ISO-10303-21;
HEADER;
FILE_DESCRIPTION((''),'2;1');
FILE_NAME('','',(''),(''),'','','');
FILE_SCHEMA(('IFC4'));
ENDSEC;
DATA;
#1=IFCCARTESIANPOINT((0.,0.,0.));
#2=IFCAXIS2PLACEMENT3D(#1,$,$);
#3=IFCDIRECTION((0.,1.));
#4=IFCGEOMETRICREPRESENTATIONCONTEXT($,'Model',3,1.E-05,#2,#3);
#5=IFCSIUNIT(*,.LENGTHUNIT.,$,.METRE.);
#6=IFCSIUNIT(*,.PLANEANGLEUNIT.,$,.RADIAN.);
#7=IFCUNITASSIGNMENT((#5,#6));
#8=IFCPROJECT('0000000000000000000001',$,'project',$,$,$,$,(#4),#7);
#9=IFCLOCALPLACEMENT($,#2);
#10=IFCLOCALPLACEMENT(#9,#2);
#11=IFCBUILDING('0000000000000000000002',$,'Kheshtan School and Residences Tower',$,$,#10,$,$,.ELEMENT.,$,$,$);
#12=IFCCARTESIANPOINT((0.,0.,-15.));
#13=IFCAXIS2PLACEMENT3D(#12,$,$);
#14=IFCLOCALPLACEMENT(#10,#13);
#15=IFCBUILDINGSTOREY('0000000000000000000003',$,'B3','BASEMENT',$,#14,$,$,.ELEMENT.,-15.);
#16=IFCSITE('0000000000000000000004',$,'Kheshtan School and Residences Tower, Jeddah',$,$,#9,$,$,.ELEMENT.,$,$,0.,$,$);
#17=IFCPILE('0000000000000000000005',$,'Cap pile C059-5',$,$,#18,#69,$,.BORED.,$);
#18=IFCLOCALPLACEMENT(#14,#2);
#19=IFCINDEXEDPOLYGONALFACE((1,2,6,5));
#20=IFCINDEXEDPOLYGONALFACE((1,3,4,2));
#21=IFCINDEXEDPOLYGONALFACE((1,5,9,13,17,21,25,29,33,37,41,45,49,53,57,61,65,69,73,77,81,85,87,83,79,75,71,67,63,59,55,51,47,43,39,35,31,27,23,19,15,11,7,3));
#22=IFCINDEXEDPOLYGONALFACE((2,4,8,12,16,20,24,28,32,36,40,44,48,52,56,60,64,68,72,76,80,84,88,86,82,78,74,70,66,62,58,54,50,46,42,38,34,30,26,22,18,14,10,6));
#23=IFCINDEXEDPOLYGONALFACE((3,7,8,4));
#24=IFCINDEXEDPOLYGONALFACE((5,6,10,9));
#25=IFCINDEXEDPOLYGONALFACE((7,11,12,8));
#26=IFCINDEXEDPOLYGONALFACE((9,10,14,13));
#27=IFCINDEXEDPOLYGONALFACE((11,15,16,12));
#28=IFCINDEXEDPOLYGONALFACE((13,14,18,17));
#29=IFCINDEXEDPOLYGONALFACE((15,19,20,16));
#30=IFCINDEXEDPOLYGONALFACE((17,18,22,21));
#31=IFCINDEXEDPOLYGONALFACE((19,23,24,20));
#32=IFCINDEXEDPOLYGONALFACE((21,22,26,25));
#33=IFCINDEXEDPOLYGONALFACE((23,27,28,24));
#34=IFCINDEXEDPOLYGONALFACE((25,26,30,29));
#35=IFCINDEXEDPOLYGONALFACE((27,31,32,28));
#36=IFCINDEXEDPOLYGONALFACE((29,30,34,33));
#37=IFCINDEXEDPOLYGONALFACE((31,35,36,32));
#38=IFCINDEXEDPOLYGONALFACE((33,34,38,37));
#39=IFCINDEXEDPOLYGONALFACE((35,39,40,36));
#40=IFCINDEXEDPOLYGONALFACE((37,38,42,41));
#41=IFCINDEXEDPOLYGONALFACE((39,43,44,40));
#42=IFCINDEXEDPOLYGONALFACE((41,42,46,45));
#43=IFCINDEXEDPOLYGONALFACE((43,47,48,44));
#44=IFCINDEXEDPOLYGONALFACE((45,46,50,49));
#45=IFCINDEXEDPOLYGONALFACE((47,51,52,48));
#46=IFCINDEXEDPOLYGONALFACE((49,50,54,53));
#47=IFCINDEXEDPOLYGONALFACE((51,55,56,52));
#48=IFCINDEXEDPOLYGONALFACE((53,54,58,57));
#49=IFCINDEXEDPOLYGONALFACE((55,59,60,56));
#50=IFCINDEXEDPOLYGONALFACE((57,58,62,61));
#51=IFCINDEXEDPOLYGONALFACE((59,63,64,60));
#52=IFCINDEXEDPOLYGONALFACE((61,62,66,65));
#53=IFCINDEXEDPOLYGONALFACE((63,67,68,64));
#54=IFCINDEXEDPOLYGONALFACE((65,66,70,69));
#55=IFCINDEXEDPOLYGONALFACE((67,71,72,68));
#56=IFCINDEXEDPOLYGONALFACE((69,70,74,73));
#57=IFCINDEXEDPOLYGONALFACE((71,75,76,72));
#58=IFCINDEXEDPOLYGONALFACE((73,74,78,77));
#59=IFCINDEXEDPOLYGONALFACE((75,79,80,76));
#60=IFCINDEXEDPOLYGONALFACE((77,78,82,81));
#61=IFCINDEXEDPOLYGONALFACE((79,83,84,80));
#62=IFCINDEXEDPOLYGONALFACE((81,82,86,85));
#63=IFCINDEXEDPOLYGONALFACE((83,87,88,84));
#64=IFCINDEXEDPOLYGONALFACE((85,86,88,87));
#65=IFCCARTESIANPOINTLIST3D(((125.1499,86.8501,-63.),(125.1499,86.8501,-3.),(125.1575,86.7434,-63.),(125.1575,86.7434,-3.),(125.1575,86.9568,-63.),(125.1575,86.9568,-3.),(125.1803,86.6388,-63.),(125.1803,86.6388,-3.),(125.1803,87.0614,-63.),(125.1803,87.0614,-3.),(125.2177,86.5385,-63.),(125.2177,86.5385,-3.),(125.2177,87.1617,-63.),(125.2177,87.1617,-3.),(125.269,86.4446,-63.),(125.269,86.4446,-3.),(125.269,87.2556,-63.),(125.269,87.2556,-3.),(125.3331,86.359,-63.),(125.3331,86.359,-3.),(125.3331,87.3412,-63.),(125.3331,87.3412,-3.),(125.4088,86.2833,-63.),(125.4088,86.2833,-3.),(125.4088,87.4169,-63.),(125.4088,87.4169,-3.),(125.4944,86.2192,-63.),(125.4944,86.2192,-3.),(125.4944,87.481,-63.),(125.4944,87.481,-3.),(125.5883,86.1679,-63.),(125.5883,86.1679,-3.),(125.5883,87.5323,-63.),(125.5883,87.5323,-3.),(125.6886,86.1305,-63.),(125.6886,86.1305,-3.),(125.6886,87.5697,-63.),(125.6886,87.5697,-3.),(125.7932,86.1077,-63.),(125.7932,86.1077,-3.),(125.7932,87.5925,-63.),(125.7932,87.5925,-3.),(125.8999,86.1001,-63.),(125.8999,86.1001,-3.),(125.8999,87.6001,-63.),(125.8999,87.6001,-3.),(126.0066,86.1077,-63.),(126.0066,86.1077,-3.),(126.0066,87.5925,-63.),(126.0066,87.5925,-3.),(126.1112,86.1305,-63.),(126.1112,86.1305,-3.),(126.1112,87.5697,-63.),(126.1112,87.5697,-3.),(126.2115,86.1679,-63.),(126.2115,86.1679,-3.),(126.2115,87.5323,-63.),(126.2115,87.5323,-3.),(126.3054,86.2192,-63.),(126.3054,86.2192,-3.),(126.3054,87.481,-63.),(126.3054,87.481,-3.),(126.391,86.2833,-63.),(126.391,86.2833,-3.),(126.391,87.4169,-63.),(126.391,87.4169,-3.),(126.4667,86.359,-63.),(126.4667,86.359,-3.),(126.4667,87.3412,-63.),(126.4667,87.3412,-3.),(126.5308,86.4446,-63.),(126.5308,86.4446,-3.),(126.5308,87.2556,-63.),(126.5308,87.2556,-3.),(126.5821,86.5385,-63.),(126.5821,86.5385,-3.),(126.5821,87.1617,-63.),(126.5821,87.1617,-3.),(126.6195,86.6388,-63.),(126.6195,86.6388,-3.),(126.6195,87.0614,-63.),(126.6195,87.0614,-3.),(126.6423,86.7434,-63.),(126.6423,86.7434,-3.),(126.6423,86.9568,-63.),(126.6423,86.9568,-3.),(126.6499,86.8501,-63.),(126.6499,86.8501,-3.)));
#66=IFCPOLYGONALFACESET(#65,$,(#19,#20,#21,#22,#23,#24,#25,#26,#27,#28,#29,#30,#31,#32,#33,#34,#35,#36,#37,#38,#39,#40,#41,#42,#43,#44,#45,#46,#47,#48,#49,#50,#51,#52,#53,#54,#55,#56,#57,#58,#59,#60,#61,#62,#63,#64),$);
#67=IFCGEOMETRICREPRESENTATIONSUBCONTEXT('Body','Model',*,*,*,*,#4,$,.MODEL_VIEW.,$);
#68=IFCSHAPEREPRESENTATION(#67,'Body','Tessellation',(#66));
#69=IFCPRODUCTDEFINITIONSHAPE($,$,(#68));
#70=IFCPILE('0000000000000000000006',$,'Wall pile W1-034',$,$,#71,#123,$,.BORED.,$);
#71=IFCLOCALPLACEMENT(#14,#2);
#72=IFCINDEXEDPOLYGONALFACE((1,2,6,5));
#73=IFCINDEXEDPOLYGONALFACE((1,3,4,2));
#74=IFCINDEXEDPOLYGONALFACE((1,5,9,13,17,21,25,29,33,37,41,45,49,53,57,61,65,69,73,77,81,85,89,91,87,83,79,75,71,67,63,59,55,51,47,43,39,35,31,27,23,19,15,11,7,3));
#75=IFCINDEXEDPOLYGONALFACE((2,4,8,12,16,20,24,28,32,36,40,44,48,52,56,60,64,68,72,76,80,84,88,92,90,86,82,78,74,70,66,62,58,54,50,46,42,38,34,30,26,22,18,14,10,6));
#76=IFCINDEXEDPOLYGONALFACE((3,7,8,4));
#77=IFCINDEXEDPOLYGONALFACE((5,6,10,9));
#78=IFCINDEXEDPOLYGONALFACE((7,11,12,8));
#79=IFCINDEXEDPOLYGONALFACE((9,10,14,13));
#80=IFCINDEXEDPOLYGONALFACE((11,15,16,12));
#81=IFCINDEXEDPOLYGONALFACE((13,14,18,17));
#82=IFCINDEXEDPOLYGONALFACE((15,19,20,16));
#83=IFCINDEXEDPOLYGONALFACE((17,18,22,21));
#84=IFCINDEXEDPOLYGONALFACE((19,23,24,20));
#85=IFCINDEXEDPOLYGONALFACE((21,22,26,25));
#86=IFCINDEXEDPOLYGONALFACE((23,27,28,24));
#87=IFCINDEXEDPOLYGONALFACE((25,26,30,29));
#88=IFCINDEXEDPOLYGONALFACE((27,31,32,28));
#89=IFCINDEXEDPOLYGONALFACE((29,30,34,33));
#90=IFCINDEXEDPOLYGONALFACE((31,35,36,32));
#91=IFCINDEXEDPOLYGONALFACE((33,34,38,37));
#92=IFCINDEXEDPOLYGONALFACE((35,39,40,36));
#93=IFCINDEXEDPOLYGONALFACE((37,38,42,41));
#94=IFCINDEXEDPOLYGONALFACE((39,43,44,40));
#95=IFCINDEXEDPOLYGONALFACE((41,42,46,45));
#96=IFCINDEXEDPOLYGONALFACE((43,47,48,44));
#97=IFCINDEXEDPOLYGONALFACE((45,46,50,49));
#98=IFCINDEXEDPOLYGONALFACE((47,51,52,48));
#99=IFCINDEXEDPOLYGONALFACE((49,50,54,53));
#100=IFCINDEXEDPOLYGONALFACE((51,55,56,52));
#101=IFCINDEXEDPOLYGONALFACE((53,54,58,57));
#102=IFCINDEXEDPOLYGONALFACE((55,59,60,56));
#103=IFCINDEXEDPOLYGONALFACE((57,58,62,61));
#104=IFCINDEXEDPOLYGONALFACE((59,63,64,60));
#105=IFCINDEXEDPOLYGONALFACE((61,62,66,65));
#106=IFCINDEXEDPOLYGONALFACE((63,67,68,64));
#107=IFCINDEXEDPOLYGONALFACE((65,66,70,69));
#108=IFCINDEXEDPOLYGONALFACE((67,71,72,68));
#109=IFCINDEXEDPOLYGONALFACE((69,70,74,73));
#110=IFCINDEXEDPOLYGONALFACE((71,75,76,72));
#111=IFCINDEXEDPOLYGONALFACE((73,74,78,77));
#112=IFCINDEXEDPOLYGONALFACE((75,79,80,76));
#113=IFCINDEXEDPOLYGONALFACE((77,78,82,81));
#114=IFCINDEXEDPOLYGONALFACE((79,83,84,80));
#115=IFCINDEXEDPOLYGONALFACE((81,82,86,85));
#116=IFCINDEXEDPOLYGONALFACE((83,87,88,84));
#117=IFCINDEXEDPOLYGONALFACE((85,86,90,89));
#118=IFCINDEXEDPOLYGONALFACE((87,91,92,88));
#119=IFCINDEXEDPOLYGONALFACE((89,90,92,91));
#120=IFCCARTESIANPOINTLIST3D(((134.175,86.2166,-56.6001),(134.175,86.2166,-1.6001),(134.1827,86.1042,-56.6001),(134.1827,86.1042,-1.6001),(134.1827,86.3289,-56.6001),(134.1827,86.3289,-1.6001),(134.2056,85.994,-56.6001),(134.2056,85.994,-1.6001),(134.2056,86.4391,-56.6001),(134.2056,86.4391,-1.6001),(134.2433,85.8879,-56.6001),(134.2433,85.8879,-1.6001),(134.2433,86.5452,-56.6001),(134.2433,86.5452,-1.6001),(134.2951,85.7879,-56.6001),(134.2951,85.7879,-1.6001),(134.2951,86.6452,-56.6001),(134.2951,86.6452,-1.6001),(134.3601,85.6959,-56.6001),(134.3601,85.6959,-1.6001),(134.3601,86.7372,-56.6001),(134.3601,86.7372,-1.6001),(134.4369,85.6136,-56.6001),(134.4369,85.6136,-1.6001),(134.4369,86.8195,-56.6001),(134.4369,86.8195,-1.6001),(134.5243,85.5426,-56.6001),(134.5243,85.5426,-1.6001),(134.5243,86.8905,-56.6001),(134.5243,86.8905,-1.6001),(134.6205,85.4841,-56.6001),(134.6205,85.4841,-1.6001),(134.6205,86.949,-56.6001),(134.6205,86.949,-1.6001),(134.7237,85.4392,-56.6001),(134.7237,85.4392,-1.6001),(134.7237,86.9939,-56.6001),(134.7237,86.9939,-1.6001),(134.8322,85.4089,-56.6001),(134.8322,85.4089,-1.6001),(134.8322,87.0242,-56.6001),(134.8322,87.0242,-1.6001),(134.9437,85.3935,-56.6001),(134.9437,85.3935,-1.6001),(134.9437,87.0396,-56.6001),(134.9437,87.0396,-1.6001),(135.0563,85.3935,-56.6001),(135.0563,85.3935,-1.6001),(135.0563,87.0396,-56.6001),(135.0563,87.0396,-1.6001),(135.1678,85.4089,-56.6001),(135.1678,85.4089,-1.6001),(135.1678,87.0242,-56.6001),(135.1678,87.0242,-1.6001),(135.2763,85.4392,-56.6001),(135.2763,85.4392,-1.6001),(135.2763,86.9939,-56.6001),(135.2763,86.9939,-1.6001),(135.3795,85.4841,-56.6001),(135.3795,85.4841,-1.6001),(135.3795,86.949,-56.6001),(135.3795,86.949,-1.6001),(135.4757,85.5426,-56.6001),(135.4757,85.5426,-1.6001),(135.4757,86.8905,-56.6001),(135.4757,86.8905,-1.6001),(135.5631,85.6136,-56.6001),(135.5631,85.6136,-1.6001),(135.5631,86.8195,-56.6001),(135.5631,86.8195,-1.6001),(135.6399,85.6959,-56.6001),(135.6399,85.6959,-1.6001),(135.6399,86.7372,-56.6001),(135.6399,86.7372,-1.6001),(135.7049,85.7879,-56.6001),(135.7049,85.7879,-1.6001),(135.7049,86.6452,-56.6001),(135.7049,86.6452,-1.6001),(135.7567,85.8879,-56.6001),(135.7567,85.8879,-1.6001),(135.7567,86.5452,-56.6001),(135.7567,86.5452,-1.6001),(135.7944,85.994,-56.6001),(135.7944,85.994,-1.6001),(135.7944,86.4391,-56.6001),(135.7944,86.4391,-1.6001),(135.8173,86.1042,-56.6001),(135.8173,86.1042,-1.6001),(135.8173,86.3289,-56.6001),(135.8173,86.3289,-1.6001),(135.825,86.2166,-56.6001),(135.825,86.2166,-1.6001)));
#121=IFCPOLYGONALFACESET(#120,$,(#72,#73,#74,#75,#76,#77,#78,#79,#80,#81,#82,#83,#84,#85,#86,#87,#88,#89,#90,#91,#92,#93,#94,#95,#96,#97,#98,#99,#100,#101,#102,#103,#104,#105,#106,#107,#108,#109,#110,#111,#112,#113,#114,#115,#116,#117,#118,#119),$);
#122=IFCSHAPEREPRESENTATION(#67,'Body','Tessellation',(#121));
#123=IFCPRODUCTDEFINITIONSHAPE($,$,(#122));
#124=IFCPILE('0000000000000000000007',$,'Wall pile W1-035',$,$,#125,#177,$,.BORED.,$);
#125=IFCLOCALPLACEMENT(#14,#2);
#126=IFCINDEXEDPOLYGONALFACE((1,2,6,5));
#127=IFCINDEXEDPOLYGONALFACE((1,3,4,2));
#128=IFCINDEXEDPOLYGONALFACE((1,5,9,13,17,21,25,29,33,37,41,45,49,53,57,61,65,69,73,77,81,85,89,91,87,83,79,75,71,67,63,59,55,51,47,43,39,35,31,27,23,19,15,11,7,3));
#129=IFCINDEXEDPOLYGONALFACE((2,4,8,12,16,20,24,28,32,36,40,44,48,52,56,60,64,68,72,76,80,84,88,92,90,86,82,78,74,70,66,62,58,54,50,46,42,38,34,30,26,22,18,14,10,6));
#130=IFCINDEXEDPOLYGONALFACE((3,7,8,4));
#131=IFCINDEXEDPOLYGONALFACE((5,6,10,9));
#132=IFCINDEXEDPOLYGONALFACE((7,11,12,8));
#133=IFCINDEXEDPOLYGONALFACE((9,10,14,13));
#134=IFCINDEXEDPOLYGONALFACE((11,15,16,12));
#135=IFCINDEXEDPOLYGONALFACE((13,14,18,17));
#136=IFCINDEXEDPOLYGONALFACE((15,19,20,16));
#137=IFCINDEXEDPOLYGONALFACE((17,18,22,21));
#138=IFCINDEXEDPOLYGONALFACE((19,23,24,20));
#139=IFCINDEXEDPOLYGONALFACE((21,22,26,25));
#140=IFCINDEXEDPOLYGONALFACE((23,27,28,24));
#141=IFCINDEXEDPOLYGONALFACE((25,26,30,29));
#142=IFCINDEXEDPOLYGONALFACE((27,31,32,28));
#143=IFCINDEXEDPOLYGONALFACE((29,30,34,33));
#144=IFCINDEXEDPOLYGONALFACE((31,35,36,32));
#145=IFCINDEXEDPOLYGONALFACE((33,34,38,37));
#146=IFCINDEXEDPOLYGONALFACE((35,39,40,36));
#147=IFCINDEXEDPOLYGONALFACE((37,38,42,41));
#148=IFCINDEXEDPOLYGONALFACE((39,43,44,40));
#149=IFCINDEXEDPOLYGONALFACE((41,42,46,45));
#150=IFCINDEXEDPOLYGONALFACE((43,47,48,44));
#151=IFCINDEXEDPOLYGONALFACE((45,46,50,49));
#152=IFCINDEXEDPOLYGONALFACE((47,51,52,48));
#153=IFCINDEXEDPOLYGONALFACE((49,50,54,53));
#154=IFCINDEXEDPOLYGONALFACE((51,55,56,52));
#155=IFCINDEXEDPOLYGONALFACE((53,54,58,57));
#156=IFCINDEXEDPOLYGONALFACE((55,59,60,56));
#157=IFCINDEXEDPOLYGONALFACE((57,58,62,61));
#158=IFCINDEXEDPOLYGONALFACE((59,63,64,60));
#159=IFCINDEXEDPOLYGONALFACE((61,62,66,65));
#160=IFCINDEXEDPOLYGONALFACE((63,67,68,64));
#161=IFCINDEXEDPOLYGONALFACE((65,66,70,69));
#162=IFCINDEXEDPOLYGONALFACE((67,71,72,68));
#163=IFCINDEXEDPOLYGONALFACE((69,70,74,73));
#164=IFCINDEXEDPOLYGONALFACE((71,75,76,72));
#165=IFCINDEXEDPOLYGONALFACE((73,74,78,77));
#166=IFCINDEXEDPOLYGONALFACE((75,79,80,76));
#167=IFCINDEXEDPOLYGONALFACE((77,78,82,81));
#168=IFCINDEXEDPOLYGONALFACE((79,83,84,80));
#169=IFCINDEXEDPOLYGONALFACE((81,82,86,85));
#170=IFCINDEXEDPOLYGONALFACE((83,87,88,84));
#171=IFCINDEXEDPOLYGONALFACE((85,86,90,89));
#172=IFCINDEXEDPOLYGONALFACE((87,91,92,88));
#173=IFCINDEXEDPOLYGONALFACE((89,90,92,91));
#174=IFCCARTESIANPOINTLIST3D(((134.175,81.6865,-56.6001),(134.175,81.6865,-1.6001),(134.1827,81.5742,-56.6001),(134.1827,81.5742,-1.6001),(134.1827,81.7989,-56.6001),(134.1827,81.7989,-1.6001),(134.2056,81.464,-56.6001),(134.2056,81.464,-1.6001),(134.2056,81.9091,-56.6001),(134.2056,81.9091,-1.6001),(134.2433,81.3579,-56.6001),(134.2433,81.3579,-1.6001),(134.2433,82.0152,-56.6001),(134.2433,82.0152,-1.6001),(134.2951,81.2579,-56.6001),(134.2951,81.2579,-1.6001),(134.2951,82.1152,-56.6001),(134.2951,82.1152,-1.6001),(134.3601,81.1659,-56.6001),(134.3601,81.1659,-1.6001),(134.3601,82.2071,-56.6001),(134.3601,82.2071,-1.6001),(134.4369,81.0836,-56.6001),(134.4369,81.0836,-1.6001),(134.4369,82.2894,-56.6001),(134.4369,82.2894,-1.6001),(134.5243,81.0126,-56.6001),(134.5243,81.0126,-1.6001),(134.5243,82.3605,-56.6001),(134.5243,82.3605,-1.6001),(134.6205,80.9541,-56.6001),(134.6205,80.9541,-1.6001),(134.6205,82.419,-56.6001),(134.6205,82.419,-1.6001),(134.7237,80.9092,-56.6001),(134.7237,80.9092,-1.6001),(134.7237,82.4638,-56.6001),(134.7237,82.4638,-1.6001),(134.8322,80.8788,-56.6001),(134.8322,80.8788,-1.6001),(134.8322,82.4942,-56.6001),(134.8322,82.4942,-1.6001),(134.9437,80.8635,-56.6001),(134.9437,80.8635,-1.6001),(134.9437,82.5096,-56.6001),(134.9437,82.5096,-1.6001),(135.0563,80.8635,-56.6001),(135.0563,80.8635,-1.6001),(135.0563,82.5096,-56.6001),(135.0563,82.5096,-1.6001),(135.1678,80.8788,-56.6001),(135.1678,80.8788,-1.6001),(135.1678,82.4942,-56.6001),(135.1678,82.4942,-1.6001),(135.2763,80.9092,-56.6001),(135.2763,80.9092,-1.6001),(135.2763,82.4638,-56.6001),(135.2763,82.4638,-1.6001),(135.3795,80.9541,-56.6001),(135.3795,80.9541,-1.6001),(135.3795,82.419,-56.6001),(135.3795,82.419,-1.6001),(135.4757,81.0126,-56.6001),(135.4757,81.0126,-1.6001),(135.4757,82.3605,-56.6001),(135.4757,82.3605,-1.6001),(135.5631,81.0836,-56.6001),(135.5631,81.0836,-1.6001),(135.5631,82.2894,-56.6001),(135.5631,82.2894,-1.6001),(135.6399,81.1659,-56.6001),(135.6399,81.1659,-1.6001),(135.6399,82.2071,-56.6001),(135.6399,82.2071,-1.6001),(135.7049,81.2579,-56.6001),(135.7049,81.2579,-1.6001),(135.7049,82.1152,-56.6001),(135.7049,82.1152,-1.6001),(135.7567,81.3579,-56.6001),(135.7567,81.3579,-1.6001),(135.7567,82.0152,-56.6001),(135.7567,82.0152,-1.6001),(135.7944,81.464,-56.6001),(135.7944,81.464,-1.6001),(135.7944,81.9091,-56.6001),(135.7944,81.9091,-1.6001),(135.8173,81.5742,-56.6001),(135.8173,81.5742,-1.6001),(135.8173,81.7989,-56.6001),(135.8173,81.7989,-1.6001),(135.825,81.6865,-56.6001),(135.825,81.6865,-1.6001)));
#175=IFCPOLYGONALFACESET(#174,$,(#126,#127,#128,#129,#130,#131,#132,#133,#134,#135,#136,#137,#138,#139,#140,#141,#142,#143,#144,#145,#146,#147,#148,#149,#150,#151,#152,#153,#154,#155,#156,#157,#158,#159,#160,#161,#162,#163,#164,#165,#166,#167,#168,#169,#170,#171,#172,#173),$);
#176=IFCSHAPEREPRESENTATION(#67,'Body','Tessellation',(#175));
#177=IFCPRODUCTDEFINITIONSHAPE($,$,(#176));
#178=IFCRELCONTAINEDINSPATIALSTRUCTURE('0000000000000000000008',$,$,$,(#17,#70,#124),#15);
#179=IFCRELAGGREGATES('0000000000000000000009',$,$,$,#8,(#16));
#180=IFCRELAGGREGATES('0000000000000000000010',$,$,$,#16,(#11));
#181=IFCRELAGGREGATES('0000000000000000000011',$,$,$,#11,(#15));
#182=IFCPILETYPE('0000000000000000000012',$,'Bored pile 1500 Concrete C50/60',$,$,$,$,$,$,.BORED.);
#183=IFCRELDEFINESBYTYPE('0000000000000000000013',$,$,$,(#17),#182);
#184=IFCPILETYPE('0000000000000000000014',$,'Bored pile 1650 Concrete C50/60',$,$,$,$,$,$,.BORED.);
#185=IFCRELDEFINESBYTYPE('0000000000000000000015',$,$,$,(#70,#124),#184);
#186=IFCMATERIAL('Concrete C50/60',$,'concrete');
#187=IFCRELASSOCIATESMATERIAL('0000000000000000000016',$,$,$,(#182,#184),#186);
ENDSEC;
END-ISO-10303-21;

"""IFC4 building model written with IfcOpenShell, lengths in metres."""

from ifc_helpers import new_model, si_unit, direction, frame, origin, origin_2d, place, context, subcontext, project, spatial, circle, extrude, material, material_profile, profile_set, type_object, element, save


model = new_model("IFC4")

# Units and contexts
model_context = context("Model", 3, precision=1e-05, world=origin(), true_north=direction((0.0, 1.0)))
body_context = subcontext(model_context, "Body", "Model", "MODEL_VIEW")
ifc_project = project(units=[si_unit("LENGTHUNIT", "METRE"), si_unit("PLANEANGLEUNIT", "RADIAN")], contexts=[model_context])

# Site, building, storey
site_placement = place(None, origin())
site = spatial("IfcSite", under=ifc_project, at=site_placement, Name="Kheshtan School and Residences Tower, Jeddah", CompositionType="ELEMENT", RefElevation=0.0)
building_placement = place(site_placement, origin())
building = spatial("IfcBuilding", under=site, at=building_placement, Name="Kheshtan School and Residences Tower", CompositionType="ELEMENT")
storey_placement = place(building_placement, frame((0.0, 0.0, -15.0)))
storey = spatial("IfcBuildingStorey", under=building, at=storey_placement, Name="B3", Description="BASEMENT", CompositionType="ELEMENT", Elevation=-15.0)

# Piles
ifc_material_1 = material(Name="Concrete C50/60", Category="concrete")
ifc_material_profile_1 = material_profile(ifc_material_1, circle(Radius=0.75, at=origin_2d()), Name="BP 1500")
ifc_profile_set_1 = profile_set([ifc_material_profile_1], Name="Concrete C50/60")
pile_type_1 = type_object("IfcPileType", Name="Bored pile 1500 Concrete C50/60", PredefinedType="BORED", material=ifc_profile_set_1)
for number, where, z_axis, x_axis, name in (
    (1, (125.8999, 86.8501, -3.0), (0.0, 0.0, -1.0), (1.0, 0.0, 0.0), "Cap pile C059-5"),
):
    element("IfcPile", number, at=place(storey_placement, frame(where, z_axis=z_axis, x_axis=x_axis)), inside=storey, type_object=pile_type_1, Name=name, PredefinedType="BORED", context=body_context, shape_type="SweptSolid", body=[
        extrude(circle(Radius=0.75, at=origin_2d()), origin(), (0.0, 0.0, 1.0), 60.0),
    ])
ifc_material_profile_2 = material_profile(ifc_material_1, circle(Radius=0.825, at=origin_2d()), Name="BP 1650")
ifc_profile_set_2 = profile_set([ifc_material_profile_2], Name="Concrete C50/60")
pile_type_2 = type_object("IfcPileType", Name="Bored pile 1650 Concrete C50/60", PredefinedType="BORED", material=ifc_profile_set_2)
for number, where, z_axis, x_axis, name in (
    (2, (135.0, 86.2166, -1.6001), (0.0, 0.0, -1.0), (1.0, 0.0, 0.0), "Wall pile W1-034"),
    (3, (135.0, 81.6865, -1.6001), (0.0, 0.0, -1.0), (1.0, 0.0, 0.0), "Wall pile W1-035"),
):
    element("IfcPile", number, at=place(storey_placement, frame(where, z_axis=z_axis, x_axis=x_axis)), inside=storey, type_object=pile_type_2, Name=name, PredefinedType="BORED", context=body_context, shape_type="SweptSolid", body=[
        extrude(circle(Radius=0.825, at=origin_2d()), origin(), (0.0, 0.0, 1.0), 55.0),
    ])

save(model, "model.ifc")
